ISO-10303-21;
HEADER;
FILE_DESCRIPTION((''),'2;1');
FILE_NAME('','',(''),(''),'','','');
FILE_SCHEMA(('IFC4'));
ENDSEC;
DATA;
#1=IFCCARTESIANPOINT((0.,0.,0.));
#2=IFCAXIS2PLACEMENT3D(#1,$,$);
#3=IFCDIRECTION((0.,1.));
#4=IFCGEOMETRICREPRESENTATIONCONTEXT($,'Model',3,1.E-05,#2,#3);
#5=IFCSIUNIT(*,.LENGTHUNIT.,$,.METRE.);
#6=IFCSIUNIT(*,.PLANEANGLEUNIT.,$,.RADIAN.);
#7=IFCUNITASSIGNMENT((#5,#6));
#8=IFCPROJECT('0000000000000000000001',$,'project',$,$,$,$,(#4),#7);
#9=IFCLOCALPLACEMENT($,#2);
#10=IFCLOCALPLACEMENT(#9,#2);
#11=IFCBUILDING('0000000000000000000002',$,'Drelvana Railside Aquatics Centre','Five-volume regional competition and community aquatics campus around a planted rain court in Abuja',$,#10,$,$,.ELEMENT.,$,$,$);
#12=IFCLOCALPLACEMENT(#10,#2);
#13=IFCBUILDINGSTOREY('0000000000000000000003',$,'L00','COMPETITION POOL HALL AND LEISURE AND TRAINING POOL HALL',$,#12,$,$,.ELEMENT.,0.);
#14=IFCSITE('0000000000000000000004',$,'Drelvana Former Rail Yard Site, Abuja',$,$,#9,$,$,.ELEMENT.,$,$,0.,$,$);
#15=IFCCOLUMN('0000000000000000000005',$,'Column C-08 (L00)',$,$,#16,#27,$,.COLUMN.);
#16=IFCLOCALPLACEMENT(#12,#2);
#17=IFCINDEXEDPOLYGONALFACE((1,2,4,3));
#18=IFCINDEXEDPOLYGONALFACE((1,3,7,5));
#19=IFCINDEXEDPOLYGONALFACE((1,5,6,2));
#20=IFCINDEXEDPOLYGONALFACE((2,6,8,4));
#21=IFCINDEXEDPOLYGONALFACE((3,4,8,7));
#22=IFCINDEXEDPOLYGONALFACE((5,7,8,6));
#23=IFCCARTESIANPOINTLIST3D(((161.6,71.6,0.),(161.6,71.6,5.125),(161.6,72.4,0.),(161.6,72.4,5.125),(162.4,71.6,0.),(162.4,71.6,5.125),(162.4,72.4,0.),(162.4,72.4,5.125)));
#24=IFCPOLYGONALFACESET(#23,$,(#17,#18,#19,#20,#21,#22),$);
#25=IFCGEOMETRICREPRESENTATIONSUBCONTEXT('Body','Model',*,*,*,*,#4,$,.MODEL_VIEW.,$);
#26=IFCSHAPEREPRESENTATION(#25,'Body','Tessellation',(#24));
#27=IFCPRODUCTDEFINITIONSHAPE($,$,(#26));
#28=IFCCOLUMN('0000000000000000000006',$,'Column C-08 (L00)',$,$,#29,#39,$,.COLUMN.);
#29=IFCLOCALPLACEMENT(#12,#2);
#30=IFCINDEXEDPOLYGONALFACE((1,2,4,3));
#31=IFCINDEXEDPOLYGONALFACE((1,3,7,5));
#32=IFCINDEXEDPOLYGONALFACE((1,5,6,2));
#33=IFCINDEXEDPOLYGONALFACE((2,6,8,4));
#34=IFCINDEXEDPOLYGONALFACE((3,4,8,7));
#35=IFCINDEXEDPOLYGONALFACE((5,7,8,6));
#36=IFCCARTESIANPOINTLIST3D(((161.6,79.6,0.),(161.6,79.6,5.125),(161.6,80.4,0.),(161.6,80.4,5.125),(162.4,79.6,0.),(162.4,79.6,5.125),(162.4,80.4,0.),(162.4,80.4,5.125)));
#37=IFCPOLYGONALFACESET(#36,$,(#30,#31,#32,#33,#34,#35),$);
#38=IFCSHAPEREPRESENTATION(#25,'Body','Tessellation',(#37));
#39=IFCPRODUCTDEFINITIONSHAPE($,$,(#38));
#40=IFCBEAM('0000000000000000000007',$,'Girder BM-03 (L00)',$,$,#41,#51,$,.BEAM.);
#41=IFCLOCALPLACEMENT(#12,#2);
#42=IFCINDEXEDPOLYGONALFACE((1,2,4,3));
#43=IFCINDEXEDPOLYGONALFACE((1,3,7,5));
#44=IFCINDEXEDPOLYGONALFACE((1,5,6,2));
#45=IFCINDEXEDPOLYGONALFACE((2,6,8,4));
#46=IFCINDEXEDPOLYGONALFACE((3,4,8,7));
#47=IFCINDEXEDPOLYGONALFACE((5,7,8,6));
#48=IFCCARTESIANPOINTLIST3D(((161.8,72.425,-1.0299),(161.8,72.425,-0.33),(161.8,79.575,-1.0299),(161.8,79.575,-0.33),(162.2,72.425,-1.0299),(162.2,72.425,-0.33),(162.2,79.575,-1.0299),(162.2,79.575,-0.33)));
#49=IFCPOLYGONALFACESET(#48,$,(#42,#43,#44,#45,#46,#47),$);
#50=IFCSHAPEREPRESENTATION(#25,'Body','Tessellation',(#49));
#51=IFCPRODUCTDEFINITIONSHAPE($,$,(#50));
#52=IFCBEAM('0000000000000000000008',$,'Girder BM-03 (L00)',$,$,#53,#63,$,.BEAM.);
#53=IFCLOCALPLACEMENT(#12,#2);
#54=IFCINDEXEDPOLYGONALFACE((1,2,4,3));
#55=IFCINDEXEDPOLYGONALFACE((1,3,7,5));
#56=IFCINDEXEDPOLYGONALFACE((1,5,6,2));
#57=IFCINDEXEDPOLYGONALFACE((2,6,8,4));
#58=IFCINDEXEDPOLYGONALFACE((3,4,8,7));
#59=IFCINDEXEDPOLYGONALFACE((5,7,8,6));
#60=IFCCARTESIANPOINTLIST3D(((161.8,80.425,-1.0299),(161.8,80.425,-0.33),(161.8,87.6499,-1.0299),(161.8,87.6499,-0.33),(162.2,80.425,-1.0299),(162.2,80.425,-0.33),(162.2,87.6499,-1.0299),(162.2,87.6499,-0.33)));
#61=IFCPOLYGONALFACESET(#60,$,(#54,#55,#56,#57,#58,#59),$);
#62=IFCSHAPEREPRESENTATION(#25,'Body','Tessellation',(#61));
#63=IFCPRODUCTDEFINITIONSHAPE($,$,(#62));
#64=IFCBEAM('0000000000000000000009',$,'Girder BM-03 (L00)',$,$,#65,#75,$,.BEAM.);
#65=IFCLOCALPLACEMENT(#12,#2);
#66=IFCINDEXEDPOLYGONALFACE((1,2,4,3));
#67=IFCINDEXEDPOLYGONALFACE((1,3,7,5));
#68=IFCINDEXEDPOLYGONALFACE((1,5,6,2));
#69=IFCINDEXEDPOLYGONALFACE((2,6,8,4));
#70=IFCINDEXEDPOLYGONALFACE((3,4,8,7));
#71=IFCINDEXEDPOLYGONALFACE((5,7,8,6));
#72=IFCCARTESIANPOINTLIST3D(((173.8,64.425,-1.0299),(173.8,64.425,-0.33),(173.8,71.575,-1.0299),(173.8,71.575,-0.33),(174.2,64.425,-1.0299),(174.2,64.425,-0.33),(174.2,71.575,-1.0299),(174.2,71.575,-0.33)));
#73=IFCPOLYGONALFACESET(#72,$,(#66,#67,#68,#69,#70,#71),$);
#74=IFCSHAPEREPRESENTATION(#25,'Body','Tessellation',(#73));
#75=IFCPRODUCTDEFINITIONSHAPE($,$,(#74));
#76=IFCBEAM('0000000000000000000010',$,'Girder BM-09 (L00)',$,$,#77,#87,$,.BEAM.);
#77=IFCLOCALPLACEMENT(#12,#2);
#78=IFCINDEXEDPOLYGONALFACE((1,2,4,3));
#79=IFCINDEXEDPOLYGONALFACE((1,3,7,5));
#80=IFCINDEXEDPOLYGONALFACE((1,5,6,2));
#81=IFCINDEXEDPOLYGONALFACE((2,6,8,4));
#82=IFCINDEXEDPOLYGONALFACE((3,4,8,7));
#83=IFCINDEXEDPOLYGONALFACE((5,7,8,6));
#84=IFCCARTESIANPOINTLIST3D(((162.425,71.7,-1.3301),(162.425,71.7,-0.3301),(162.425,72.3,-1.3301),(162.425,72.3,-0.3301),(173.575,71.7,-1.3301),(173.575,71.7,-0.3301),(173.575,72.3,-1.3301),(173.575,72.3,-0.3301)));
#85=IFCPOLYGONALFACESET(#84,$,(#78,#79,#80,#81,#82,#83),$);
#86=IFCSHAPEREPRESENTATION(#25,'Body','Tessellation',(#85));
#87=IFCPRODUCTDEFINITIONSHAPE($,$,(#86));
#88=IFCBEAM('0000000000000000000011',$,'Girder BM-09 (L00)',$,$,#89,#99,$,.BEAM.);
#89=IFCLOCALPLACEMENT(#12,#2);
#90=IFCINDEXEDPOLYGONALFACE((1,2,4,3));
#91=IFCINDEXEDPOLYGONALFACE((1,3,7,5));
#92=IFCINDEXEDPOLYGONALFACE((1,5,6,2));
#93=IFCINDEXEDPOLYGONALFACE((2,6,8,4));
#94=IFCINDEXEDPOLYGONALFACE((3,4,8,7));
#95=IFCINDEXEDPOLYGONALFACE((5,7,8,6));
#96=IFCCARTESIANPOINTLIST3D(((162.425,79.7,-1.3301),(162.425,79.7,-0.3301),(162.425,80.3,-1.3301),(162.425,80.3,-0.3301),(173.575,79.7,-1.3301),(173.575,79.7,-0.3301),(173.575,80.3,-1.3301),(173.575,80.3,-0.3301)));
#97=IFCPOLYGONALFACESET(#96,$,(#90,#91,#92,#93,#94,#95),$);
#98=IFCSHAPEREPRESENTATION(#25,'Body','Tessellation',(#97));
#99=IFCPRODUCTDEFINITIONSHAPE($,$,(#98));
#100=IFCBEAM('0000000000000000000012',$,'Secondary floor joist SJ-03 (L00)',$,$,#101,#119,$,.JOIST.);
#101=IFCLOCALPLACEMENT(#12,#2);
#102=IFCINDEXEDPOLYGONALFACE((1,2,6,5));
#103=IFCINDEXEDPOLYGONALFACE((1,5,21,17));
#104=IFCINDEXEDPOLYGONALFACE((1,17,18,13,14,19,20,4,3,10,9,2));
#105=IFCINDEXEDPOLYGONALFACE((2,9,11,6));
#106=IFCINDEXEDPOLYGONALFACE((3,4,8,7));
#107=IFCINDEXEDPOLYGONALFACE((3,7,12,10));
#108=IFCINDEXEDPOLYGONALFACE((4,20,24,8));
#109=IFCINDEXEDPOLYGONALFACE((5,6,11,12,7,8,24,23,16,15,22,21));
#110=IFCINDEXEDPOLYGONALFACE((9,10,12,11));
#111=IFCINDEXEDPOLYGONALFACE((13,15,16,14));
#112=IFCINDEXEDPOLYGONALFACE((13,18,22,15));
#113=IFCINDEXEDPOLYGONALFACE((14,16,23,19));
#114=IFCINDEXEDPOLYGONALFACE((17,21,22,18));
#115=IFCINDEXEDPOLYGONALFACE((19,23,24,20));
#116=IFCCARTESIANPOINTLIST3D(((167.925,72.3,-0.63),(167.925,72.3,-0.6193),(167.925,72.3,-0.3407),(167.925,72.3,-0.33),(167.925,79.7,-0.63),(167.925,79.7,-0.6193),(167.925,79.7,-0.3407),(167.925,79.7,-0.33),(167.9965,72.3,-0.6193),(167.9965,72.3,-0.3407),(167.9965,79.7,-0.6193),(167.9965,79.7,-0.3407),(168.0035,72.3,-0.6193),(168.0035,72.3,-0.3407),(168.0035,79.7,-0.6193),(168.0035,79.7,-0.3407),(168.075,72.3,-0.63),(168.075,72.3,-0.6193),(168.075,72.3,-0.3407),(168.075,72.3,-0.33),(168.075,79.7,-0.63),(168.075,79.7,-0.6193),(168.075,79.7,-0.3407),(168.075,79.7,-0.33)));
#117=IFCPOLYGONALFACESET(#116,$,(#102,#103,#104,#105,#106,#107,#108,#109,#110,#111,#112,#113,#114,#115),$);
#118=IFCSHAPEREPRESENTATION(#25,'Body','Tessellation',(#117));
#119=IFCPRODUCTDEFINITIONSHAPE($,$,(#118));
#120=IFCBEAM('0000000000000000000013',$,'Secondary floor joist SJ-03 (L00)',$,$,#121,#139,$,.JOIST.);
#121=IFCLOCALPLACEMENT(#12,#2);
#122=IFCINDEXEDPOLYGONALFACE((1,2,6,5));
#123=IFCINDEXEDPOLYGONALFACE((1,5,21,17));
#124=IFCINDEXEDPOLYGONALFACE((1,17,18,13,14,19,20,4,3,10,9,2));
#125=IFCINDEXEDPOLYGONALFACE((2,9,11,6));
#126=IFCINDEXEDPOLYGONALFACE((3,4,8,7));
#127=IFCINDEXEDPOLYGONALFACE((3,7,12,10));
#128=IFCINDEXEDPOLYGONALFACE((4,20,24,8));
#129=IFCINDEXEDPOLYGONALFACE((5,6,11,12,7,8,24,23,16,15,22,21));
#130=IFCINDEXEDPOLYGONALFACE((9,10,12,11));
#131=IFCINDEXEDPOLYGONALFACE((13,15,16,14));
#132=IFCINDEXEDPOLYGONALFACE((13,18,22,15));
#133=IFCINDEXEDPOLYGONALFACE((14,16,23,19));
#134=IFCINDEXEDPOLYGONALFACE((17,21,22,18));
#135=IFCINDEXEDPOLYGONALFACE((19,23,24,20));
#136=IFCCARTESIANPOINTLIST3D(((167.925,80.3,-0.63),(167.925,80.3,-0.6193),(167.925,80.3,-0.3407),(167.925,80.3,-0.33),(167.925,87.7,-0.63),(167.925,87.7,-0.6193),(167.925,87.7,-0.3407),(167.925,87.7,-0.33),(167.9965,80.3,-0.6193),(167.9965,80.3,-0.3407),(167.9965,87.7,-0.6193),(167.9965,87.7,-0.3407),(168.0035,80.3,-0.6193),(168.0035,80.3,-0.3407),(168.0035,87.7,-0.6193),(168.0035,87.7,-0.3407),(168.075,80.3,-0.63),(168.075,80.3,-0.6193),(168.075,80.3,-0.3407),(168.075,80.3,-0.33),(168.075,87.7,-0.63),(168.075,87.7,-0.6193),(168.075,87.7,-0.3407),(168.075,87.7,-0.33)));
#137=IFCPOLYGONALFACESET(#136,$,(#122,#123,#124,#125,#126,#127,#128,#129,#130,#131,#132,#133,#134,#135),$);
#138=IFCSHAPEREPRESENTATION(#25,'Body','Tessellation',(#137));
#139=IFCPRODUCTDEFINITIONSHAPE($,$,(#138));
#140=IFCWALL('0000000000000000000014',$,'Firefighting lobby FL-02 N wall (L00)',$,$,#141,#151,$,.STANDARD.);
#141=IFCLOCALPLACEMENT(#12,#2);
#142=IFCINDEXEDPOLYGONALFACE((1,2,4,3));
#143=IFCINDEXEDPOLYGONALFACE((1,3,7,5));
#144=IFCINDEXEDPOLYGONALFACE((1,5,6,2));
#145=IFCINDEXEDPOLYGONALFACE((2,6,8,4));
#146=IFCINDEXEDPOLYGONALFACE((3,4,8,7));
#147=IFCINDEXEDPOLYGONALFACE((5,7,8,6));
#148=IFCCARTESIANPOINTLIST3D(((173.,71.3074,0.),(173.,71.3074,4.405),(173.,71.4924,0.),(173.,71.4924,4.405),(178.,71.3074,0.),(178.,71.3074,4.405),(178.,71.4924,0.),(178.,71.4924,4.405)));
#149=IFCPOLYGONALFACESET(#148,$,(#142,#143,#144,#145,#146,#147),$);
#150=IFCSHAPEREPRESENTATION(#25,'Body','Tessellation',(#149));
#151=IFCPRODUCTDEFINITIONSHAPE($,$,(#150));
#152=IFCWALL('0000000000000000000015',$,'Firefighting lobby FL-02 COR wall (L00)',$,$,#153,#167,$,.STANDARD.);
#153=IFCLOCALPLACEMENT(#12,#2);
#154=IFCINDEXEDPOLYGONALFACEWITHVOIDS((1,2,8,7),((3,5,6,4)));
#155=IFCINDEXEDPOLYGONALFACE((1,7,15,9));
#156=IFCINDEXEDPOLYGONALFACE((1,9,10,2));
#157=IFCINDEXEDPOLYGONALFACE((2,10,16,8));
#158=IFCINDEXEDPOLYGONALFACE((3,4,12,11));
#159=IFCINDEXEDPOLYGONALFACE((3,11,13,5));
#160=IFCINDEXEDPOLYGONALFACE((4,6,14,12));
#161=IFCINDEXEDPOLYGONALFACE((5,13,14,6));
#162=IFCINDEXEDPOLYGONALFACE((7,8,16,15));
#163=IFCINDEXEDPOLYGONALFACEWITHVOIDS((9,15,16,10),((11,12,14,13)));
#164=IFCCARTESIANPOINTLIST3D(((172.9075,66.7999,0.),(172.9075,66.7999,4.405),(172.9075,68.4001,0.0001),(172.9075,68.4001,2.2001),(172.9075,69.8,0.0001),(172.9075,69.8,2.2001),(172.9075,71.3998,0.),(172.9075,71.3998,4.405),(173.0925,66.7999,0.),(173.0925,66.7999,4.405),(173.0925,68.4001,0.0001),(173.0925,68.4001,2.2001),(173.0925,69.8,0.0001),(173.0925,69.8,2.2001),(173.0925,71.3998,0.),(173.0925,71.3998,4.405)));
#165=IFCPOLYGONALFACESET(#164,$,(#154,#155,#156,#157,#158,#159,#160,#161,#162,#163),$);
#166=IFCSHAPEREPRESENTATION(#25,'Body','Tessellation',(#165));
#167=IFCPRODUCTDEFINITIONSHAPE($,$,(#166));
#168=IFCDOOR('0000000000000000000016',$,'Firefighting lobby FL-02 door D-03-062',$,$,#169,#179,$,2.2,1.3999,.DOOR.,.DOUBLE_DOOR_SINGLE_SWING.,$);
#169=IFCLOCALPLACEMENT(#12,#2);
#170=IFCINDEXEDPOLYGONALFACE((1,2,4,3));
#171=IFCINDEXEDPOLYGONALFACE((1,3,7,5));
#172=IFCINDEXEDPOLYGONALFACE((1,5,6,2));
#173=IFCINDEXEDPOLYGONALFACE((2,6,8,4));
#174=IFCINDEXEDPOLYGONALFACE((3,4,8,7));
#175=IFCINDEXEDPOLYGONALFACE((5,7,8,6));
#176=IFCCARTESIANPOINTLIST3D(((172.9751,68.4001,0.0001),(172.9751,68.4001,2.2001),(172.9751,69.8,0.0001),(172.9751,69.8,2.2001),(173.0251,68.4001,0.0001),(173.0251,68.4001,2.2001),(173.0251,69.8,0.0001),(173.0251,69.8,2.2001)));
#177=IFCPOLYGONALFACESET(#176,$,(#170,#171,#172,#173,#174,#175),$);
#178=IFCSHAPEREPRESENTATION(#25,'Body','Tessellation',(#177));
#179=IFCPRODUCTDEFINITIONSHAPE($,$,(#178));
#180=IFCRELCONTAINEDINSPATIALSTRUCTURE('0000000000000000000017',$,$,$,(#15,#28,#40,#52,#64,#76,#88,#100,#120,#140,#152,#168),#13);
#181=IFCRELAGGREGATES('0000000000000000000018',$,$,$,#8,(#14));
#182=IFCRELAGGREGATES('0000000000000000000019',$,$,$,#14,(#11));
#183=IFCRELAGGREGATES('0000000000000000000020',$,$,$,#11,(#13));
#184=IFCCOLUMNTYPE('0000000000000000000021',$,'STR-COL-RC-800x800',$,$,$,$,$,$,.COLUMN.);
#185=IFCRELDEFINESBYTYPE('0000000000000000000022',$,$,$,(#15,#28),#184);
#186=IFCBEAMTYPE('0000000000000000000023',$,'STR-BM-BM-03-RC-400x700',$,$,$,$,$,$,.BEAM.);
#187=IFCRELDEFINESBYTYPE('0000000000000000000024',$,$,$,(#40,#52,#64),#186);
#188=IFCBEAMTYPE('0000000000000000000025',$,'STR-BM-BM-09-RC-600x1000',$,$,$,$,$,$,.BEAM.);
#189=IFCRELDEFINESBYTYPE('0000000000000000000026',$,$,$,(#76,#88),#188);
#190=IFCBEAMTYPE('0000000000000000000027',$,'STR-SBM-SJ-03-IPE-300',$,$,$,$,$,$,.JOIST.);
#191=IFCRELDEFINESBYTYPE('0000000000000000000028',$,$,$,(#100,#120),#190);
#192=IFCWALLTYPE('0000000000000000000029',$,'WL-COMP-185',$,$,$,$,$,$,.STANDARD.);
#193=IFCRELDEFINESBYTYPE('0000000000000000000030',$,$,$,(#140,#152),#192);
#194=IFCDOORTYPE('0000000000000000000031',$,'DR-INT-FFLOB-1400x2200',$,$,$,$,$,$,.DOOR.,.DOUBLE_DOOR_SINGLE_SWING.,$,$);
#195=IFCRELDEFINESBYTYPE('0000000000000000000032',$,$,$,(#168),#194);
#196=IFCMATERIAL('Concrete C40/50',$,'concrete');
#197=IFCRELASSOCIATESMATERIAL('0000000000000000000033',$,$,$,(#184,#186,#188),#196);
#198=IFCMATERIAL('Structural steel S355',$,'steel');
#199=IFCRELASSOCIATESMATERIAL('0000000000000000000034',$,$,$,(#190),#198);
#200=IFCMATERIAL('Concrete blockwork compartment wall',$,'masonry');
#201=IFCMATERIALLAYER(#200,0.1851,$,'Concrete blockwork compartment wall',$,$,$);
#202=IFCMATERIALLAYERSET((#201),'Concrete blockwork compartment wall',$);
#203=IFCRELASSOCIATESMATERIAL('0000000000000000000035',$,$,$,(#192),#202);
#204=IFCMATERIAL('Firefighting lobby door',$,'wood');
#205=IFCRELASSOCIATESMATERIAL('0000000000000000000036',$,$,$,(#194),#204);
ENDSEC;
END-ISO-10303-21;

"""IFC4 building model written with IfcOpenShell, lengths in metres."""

from ifc_helpers import new_model, si_unit, direction, frame, frame_2d, origin, origin_2d, place, context, subcontext, project, spatial, rectangle, i_section, extrude, material, layer, layer_set, material_profile, profile_set, type_object, element, fill, save


model = new_model("IFC4")

# Units and contexts
model_context = context("Model", 3, precision=1e-05, world=origin(), true_north=direction((0.0, 1.0)))
body_context = subcontext(model_context, "Body", "Model", "MODEL_VIEW")
ifc_project = project(units=[si_unit("LENGTHUNIT", "METRE"), si_unit("PLANEANGLEUNIT", "RADIAN")], contexts=[model_context])

# Site, building, storey
site_placement = place(None, origin())
site = spatial("IfcSite", under=ifc_project, at=site_placement, Name="Drelvana Former Rail Yard Site, Abuja", CompositionType="ELEMENT", RefElevation=0.0)
building_placement = place(site_placement, origin())
building = spatial("IfcBuilding", under=site, at=building_placement, Name="Drelvana Railside Aquatics Centre", Description="Five-volume regional competition and community aquatics campus around a planted rain court in Abuja", CompositionType="ELEMENT")
storey_placement = place(building_placement, origin())
storey = spatial("IfcBuildingStorey", under=building, at=storey_placement, Name="L00", Description="COMPETITION POOL HALL AND LEISURE AND TRAINING POOL HALL", CompositionType="ELEMENT", Elevation=0.0)

# Columns
ifc_material_1 = material(Name="Concrete C40/50", Category="concrete")
ifc_material_profile_1 = material_profile(ifc_material_1, rectangle(XDim=0.8, YDim=0.8, at=origin_2d()), Name="RC 800x800")
ifc_profile_set_1 = profile_set([ifc_material_profile_1], Name="Concrete C40/50")
column_type = type_object("IfcColumnType", Name="STR-COL-RC-800x800", PredefinedType="COLUMN", material=ifc_profile_set_1)
for number, where, z_axis, x_axis, name in (
    (1, (162.0, 72.0, 0.0), (0.0, 0.0, 1.0), (1.0, 0.0, 0.0), "Column C-08 (L00)"),
    (2, (162.0, 80.0, 0.0), (0.0, 0.0, 1.0), (1.0, 0.0, 0.0), "Column C-08 (L00)"),
):
    element("IfcColumn", number, at=place(storey_placement, frame(where, z_axis=z_axis, x_axis=x_axis)), inside=storey, type_object=column_type, Name=name, PredefinedType="COLUMN", context=body_context, shape_type="SweptSolid", body=[
        extrude(rectangle(XDim=0.8, YDim=0.8, at=origin_2d()), origin(), (0.0, 0.0, 1.0), 5.125),
    ])

# Beams
ifc_material_profile_2 = material_profile(ifc_material_1, rectangle(XDim=0.3999, YDim=0.7, at=origin_2d()), Name="RC 400x700")
ifc_profile_set_2 = profile_set([ifc_material_profile_2], Name="Concrete C40/50")
beam_type_1 = type_object("IfcBeamType", Name="STR-BM-BM-03-RC-400x700", PredefinedType="BEAM", material=ifc_profile_set_2)
beam_1_placement = place(storey_placement, frame((162.0, 72.425, -0.6799), z_axis=(0.0, 1.0, 0.0), x_axis=(-1.0, 0.0, 0.0)))
element("IfcBeam", 3, at=beam_1_placement, inside=storey, type_object=beam_type_1, Name="Girder BM-03 (L00)", PredefinedType="BEAM", context=body_context, shape_type="SweptSolid", body=[
    extrude(rectangle(XDim=0.3999, YDim=0.7, at=origin_2d()), origin(), (0.0, 0.0, 1.0), 7.1499),
])
beam_2_placement = place(storey_placement, frame((162.0, 80.425, -0.6799), z_axis=(0.0, 1.0, 0.0), x_axis=(-1.0, 0.0, 0.0)))
element("IfcBeam", 4, at=beam_2_placement, inside=storey, type_object=beam_type_1, Name="Girder BM-03 (L00)", PredefinedType="BEAM", context=body_context, shape_type="SweptSolid", body=[
    extrude(rectangle(XDim=0.3999, YDim=0.7, at=origin_2d()), origin(), (0.0, 0.0, 1.0), 7.2249),
])
beam_3_placement = place(storey_placement, frame((174.0, 64.425, -0.6799), z_axis=(0.0, 1.0, 0.0), x_axis=(-1.0, 0.0, 0.0)))
element("IfcBeam", 5, at=beam_3_placement, inside=storey, type_object=beam_type_1, Name="Girder BM-03 (L00)", PredefinedType="BEAM", context=body_context, shape_type="SweptSolid", body=[
    extrude(rectangle(XDim=0.3999, YDim=0.7, at=origin_2d()), origin(), (0.0, 0.0, 1.0), 7.1499),
])
ifc_material_profile_3 = material_profile(ifc_material_1, rectangle(XDim=0.6001, YDim=1.0, at=origin_2d()), Name="RC 600x1000")
ifc_profile_set_3 = profile_set([ifc_material_profile_3], Name="Concrete C40/50")
beam_type_2 = type_object("IfcBeamType", Name="STR-BM-BM-09-RC-600x1000", PredefinedType="BEAM", material=ifc_profile_set_3)
for number, where, z_axis, x_axis, name in (
    (6, (162.425, 72.0, -0.8301), (1.0, 0.0, 0.0), (0.0, 1.0, 0.0), "Girder BM-09 (L00)"),
    (7, (162.425, 80.0, -0.8301), (1.0, 0.0, 0.0), (0.0, 1.0, 0.0), "Girder BM-09 (L00)"),
):
    element("IfcBeam", number, at=place(storey_placement, frame(where, z_axis=z_axis, x_axis=x_axis)), inside=storey, type_object=beam_type_2, Name=name, PredefinedType="BEAM", context=body_context, shape_type="SweptSolid", body=[
        extrude(rectangle(XDim=0.6001, YDim=1.0, at=origin_2d()), origin(), (0.0, 0.0, 1.0), 11.1499),
    ])
ifc_material_2 = material(Name="Structural steel S355", Category="steel")
ifc_material_profile_4 = material_profile(ifc_material_2, i_section(OverallWidth=0.1499, OverallDepth=0.3, WebThickness=0.0071, FlangeThickness=0.0107, at=origin_2d()), Name="IPE 300")
ifc_profile_set_4 = profile_set([ifc_material_profile_4], Name="Structural steel S355")
beam_type_3 = type_object("IfcBeamType", Name="STR-SBM-SJ-03-IPE-300", PredefinedType="JOIST", material=ifc_profile_set_4)
for number, where, z_axis, x_axis, name in (
    (8, (168.0, 72.3, -0.48), (0.0, 1.0, 0.0), (-1.0, 0.0, 0.0), "Secondary floor joist SJ-03 (L00)"),
    (9, (168.0, 80.3, -0.48), (0.0, 1.0, 0.0), (-1.0, 0.0, 0.0), "Secondary floor joist SJ-03 (L00)"),
):
    element("IfcBeam", number, at=place(storey_placement, frame(where, z_axis=z_axis, x_axis=x_axis)), inside=storey, type_object=beam_type_3, Name=name, PredefinedType="JOIST", context=body_context, shape_type="SweptSolid", body=[
        extrude(i_section(OverallWidth=0.1499, OverallDepth=0.3, WebThickness=0.0071, FlangeThickness=0.0107, at=origin_2d()), origin(), (0.0, 0.0, 1.0), 7.3999),
    ])

# Wall
ifc_material_3 = material(Name="Concrete blockwork compartment wall", Category="masonry")
ifc_layer_1 = layer(ifc_material_3, 0.1851, Name="Concrete blockwork compartment wall")
ifc_layer_set_1 = layer_set([ifc_layer_1], Name="Concrete blockwork compartment wall")
wall_type_1 = type_object("IfcWallType", Name="WL-COMP-185", PredefinedType="STANDARD", material=ifc_layer_set_1)
wall_1_placement = place(storey_placement, frame((173.0, 71.3999, 0.0), z_axis=(0.0, 0.0, 1.0), x_axis=(1.0, 0.0, 0.0)))
element("IfcWall", 10, at=wall_1_placement, inside=storey, type_object=wall_type_1, Name="Firefighting lobby FL-02 N wall (L00)", PredefinedType="STANDARD", context=body_context, shape_type="SweptSolid", body=[
    extrude(rectangle(XDim=5.0, YDim=0.1851, at=frame_2d((2.5, 0.0))), origin(), (0.0, 0.0, 1.0), 4.405),
])

# Wall, opening, door
wall_2_placement = place(storey_placement, frame((173.0, 66.8, 0.0), z_axis=(0.0, 0.0, 1.0), x_axis=(0.0, 1.0, 0.0)))
wall_2 = element("IfcWall", 11, at=wall_2_placement, inside=storey, type_object=wall_type_1, Name="Firefighting lobby FL-02 COR wall (L00)", PredefinedType="STANDARD", context=body_context, shape_type="SweptSolid", body=[
    extrude(rectangle(XDim=4.5999, YDim=0.1851, at=frame_2d((2.2998, 0.0))), origin(), (0.0, 0.0, 1.0), 4.405),
])
opening_1_placement = place(wall_2_placement, frame((1.6001, 0.0, 0.0)))
opening_1 = element("IfcOpeningElement", 12, at=opening_1_placement, cuts=wall_2, PredefinedType="OPENING", context=body_context, shape_type="SweptSolid", body=[
    extrude(rectangle(XDim=1.3999, YDim=2.2, at=frame_2d((0.7, 1.1001))), frame((0.0, 0.1025, 0.0), z_axis=(0.0, -1.0, 0.0), x_axis=(1.0, 0.0, 0.0)), (0.0, 0.0, 1.0), 0.2051),
])
ifc_material_4 = material(Name="Firefighting lobby door", Category="wood")
door_type_1 = type_object("IfcDoorType", Name="DR-INT-FFLOB-1400x2200", OperationType="DOUBLE_DOOR_SINGLE_SWING", PredefinedType="DOOR", material=ifc_material_4)
door_1_placement = place(opening_1_placement, origin())
door_1 = element("IfcDoor", 13, at=door_1_placement, inside=storey, type_object=door_type_1, Name="Firefighting lobby FL-02 door D-03-062", OperationType="DOUBLE_DOOR_SINGLE_SWING", OverallHeight=2.2, OverallWidth=1.3999, PredefinedType="DOOR", context=body_context, shape_type="SweptSolid", body=[
    extrude(rectangle(XDim=1.3999, YDim=2.2, at=frame_2d((0.7, 1.1001))), frame((0.0, 0.0249, 0.0), z_axis=(0.0, -1.0, 0.0), x_axis=(1.0, 0.0, 0.0)), (0.0, 0.0, 1.0), 0.05),
])
fill(opening_1, door_1)

save(model, "model.ifc")
